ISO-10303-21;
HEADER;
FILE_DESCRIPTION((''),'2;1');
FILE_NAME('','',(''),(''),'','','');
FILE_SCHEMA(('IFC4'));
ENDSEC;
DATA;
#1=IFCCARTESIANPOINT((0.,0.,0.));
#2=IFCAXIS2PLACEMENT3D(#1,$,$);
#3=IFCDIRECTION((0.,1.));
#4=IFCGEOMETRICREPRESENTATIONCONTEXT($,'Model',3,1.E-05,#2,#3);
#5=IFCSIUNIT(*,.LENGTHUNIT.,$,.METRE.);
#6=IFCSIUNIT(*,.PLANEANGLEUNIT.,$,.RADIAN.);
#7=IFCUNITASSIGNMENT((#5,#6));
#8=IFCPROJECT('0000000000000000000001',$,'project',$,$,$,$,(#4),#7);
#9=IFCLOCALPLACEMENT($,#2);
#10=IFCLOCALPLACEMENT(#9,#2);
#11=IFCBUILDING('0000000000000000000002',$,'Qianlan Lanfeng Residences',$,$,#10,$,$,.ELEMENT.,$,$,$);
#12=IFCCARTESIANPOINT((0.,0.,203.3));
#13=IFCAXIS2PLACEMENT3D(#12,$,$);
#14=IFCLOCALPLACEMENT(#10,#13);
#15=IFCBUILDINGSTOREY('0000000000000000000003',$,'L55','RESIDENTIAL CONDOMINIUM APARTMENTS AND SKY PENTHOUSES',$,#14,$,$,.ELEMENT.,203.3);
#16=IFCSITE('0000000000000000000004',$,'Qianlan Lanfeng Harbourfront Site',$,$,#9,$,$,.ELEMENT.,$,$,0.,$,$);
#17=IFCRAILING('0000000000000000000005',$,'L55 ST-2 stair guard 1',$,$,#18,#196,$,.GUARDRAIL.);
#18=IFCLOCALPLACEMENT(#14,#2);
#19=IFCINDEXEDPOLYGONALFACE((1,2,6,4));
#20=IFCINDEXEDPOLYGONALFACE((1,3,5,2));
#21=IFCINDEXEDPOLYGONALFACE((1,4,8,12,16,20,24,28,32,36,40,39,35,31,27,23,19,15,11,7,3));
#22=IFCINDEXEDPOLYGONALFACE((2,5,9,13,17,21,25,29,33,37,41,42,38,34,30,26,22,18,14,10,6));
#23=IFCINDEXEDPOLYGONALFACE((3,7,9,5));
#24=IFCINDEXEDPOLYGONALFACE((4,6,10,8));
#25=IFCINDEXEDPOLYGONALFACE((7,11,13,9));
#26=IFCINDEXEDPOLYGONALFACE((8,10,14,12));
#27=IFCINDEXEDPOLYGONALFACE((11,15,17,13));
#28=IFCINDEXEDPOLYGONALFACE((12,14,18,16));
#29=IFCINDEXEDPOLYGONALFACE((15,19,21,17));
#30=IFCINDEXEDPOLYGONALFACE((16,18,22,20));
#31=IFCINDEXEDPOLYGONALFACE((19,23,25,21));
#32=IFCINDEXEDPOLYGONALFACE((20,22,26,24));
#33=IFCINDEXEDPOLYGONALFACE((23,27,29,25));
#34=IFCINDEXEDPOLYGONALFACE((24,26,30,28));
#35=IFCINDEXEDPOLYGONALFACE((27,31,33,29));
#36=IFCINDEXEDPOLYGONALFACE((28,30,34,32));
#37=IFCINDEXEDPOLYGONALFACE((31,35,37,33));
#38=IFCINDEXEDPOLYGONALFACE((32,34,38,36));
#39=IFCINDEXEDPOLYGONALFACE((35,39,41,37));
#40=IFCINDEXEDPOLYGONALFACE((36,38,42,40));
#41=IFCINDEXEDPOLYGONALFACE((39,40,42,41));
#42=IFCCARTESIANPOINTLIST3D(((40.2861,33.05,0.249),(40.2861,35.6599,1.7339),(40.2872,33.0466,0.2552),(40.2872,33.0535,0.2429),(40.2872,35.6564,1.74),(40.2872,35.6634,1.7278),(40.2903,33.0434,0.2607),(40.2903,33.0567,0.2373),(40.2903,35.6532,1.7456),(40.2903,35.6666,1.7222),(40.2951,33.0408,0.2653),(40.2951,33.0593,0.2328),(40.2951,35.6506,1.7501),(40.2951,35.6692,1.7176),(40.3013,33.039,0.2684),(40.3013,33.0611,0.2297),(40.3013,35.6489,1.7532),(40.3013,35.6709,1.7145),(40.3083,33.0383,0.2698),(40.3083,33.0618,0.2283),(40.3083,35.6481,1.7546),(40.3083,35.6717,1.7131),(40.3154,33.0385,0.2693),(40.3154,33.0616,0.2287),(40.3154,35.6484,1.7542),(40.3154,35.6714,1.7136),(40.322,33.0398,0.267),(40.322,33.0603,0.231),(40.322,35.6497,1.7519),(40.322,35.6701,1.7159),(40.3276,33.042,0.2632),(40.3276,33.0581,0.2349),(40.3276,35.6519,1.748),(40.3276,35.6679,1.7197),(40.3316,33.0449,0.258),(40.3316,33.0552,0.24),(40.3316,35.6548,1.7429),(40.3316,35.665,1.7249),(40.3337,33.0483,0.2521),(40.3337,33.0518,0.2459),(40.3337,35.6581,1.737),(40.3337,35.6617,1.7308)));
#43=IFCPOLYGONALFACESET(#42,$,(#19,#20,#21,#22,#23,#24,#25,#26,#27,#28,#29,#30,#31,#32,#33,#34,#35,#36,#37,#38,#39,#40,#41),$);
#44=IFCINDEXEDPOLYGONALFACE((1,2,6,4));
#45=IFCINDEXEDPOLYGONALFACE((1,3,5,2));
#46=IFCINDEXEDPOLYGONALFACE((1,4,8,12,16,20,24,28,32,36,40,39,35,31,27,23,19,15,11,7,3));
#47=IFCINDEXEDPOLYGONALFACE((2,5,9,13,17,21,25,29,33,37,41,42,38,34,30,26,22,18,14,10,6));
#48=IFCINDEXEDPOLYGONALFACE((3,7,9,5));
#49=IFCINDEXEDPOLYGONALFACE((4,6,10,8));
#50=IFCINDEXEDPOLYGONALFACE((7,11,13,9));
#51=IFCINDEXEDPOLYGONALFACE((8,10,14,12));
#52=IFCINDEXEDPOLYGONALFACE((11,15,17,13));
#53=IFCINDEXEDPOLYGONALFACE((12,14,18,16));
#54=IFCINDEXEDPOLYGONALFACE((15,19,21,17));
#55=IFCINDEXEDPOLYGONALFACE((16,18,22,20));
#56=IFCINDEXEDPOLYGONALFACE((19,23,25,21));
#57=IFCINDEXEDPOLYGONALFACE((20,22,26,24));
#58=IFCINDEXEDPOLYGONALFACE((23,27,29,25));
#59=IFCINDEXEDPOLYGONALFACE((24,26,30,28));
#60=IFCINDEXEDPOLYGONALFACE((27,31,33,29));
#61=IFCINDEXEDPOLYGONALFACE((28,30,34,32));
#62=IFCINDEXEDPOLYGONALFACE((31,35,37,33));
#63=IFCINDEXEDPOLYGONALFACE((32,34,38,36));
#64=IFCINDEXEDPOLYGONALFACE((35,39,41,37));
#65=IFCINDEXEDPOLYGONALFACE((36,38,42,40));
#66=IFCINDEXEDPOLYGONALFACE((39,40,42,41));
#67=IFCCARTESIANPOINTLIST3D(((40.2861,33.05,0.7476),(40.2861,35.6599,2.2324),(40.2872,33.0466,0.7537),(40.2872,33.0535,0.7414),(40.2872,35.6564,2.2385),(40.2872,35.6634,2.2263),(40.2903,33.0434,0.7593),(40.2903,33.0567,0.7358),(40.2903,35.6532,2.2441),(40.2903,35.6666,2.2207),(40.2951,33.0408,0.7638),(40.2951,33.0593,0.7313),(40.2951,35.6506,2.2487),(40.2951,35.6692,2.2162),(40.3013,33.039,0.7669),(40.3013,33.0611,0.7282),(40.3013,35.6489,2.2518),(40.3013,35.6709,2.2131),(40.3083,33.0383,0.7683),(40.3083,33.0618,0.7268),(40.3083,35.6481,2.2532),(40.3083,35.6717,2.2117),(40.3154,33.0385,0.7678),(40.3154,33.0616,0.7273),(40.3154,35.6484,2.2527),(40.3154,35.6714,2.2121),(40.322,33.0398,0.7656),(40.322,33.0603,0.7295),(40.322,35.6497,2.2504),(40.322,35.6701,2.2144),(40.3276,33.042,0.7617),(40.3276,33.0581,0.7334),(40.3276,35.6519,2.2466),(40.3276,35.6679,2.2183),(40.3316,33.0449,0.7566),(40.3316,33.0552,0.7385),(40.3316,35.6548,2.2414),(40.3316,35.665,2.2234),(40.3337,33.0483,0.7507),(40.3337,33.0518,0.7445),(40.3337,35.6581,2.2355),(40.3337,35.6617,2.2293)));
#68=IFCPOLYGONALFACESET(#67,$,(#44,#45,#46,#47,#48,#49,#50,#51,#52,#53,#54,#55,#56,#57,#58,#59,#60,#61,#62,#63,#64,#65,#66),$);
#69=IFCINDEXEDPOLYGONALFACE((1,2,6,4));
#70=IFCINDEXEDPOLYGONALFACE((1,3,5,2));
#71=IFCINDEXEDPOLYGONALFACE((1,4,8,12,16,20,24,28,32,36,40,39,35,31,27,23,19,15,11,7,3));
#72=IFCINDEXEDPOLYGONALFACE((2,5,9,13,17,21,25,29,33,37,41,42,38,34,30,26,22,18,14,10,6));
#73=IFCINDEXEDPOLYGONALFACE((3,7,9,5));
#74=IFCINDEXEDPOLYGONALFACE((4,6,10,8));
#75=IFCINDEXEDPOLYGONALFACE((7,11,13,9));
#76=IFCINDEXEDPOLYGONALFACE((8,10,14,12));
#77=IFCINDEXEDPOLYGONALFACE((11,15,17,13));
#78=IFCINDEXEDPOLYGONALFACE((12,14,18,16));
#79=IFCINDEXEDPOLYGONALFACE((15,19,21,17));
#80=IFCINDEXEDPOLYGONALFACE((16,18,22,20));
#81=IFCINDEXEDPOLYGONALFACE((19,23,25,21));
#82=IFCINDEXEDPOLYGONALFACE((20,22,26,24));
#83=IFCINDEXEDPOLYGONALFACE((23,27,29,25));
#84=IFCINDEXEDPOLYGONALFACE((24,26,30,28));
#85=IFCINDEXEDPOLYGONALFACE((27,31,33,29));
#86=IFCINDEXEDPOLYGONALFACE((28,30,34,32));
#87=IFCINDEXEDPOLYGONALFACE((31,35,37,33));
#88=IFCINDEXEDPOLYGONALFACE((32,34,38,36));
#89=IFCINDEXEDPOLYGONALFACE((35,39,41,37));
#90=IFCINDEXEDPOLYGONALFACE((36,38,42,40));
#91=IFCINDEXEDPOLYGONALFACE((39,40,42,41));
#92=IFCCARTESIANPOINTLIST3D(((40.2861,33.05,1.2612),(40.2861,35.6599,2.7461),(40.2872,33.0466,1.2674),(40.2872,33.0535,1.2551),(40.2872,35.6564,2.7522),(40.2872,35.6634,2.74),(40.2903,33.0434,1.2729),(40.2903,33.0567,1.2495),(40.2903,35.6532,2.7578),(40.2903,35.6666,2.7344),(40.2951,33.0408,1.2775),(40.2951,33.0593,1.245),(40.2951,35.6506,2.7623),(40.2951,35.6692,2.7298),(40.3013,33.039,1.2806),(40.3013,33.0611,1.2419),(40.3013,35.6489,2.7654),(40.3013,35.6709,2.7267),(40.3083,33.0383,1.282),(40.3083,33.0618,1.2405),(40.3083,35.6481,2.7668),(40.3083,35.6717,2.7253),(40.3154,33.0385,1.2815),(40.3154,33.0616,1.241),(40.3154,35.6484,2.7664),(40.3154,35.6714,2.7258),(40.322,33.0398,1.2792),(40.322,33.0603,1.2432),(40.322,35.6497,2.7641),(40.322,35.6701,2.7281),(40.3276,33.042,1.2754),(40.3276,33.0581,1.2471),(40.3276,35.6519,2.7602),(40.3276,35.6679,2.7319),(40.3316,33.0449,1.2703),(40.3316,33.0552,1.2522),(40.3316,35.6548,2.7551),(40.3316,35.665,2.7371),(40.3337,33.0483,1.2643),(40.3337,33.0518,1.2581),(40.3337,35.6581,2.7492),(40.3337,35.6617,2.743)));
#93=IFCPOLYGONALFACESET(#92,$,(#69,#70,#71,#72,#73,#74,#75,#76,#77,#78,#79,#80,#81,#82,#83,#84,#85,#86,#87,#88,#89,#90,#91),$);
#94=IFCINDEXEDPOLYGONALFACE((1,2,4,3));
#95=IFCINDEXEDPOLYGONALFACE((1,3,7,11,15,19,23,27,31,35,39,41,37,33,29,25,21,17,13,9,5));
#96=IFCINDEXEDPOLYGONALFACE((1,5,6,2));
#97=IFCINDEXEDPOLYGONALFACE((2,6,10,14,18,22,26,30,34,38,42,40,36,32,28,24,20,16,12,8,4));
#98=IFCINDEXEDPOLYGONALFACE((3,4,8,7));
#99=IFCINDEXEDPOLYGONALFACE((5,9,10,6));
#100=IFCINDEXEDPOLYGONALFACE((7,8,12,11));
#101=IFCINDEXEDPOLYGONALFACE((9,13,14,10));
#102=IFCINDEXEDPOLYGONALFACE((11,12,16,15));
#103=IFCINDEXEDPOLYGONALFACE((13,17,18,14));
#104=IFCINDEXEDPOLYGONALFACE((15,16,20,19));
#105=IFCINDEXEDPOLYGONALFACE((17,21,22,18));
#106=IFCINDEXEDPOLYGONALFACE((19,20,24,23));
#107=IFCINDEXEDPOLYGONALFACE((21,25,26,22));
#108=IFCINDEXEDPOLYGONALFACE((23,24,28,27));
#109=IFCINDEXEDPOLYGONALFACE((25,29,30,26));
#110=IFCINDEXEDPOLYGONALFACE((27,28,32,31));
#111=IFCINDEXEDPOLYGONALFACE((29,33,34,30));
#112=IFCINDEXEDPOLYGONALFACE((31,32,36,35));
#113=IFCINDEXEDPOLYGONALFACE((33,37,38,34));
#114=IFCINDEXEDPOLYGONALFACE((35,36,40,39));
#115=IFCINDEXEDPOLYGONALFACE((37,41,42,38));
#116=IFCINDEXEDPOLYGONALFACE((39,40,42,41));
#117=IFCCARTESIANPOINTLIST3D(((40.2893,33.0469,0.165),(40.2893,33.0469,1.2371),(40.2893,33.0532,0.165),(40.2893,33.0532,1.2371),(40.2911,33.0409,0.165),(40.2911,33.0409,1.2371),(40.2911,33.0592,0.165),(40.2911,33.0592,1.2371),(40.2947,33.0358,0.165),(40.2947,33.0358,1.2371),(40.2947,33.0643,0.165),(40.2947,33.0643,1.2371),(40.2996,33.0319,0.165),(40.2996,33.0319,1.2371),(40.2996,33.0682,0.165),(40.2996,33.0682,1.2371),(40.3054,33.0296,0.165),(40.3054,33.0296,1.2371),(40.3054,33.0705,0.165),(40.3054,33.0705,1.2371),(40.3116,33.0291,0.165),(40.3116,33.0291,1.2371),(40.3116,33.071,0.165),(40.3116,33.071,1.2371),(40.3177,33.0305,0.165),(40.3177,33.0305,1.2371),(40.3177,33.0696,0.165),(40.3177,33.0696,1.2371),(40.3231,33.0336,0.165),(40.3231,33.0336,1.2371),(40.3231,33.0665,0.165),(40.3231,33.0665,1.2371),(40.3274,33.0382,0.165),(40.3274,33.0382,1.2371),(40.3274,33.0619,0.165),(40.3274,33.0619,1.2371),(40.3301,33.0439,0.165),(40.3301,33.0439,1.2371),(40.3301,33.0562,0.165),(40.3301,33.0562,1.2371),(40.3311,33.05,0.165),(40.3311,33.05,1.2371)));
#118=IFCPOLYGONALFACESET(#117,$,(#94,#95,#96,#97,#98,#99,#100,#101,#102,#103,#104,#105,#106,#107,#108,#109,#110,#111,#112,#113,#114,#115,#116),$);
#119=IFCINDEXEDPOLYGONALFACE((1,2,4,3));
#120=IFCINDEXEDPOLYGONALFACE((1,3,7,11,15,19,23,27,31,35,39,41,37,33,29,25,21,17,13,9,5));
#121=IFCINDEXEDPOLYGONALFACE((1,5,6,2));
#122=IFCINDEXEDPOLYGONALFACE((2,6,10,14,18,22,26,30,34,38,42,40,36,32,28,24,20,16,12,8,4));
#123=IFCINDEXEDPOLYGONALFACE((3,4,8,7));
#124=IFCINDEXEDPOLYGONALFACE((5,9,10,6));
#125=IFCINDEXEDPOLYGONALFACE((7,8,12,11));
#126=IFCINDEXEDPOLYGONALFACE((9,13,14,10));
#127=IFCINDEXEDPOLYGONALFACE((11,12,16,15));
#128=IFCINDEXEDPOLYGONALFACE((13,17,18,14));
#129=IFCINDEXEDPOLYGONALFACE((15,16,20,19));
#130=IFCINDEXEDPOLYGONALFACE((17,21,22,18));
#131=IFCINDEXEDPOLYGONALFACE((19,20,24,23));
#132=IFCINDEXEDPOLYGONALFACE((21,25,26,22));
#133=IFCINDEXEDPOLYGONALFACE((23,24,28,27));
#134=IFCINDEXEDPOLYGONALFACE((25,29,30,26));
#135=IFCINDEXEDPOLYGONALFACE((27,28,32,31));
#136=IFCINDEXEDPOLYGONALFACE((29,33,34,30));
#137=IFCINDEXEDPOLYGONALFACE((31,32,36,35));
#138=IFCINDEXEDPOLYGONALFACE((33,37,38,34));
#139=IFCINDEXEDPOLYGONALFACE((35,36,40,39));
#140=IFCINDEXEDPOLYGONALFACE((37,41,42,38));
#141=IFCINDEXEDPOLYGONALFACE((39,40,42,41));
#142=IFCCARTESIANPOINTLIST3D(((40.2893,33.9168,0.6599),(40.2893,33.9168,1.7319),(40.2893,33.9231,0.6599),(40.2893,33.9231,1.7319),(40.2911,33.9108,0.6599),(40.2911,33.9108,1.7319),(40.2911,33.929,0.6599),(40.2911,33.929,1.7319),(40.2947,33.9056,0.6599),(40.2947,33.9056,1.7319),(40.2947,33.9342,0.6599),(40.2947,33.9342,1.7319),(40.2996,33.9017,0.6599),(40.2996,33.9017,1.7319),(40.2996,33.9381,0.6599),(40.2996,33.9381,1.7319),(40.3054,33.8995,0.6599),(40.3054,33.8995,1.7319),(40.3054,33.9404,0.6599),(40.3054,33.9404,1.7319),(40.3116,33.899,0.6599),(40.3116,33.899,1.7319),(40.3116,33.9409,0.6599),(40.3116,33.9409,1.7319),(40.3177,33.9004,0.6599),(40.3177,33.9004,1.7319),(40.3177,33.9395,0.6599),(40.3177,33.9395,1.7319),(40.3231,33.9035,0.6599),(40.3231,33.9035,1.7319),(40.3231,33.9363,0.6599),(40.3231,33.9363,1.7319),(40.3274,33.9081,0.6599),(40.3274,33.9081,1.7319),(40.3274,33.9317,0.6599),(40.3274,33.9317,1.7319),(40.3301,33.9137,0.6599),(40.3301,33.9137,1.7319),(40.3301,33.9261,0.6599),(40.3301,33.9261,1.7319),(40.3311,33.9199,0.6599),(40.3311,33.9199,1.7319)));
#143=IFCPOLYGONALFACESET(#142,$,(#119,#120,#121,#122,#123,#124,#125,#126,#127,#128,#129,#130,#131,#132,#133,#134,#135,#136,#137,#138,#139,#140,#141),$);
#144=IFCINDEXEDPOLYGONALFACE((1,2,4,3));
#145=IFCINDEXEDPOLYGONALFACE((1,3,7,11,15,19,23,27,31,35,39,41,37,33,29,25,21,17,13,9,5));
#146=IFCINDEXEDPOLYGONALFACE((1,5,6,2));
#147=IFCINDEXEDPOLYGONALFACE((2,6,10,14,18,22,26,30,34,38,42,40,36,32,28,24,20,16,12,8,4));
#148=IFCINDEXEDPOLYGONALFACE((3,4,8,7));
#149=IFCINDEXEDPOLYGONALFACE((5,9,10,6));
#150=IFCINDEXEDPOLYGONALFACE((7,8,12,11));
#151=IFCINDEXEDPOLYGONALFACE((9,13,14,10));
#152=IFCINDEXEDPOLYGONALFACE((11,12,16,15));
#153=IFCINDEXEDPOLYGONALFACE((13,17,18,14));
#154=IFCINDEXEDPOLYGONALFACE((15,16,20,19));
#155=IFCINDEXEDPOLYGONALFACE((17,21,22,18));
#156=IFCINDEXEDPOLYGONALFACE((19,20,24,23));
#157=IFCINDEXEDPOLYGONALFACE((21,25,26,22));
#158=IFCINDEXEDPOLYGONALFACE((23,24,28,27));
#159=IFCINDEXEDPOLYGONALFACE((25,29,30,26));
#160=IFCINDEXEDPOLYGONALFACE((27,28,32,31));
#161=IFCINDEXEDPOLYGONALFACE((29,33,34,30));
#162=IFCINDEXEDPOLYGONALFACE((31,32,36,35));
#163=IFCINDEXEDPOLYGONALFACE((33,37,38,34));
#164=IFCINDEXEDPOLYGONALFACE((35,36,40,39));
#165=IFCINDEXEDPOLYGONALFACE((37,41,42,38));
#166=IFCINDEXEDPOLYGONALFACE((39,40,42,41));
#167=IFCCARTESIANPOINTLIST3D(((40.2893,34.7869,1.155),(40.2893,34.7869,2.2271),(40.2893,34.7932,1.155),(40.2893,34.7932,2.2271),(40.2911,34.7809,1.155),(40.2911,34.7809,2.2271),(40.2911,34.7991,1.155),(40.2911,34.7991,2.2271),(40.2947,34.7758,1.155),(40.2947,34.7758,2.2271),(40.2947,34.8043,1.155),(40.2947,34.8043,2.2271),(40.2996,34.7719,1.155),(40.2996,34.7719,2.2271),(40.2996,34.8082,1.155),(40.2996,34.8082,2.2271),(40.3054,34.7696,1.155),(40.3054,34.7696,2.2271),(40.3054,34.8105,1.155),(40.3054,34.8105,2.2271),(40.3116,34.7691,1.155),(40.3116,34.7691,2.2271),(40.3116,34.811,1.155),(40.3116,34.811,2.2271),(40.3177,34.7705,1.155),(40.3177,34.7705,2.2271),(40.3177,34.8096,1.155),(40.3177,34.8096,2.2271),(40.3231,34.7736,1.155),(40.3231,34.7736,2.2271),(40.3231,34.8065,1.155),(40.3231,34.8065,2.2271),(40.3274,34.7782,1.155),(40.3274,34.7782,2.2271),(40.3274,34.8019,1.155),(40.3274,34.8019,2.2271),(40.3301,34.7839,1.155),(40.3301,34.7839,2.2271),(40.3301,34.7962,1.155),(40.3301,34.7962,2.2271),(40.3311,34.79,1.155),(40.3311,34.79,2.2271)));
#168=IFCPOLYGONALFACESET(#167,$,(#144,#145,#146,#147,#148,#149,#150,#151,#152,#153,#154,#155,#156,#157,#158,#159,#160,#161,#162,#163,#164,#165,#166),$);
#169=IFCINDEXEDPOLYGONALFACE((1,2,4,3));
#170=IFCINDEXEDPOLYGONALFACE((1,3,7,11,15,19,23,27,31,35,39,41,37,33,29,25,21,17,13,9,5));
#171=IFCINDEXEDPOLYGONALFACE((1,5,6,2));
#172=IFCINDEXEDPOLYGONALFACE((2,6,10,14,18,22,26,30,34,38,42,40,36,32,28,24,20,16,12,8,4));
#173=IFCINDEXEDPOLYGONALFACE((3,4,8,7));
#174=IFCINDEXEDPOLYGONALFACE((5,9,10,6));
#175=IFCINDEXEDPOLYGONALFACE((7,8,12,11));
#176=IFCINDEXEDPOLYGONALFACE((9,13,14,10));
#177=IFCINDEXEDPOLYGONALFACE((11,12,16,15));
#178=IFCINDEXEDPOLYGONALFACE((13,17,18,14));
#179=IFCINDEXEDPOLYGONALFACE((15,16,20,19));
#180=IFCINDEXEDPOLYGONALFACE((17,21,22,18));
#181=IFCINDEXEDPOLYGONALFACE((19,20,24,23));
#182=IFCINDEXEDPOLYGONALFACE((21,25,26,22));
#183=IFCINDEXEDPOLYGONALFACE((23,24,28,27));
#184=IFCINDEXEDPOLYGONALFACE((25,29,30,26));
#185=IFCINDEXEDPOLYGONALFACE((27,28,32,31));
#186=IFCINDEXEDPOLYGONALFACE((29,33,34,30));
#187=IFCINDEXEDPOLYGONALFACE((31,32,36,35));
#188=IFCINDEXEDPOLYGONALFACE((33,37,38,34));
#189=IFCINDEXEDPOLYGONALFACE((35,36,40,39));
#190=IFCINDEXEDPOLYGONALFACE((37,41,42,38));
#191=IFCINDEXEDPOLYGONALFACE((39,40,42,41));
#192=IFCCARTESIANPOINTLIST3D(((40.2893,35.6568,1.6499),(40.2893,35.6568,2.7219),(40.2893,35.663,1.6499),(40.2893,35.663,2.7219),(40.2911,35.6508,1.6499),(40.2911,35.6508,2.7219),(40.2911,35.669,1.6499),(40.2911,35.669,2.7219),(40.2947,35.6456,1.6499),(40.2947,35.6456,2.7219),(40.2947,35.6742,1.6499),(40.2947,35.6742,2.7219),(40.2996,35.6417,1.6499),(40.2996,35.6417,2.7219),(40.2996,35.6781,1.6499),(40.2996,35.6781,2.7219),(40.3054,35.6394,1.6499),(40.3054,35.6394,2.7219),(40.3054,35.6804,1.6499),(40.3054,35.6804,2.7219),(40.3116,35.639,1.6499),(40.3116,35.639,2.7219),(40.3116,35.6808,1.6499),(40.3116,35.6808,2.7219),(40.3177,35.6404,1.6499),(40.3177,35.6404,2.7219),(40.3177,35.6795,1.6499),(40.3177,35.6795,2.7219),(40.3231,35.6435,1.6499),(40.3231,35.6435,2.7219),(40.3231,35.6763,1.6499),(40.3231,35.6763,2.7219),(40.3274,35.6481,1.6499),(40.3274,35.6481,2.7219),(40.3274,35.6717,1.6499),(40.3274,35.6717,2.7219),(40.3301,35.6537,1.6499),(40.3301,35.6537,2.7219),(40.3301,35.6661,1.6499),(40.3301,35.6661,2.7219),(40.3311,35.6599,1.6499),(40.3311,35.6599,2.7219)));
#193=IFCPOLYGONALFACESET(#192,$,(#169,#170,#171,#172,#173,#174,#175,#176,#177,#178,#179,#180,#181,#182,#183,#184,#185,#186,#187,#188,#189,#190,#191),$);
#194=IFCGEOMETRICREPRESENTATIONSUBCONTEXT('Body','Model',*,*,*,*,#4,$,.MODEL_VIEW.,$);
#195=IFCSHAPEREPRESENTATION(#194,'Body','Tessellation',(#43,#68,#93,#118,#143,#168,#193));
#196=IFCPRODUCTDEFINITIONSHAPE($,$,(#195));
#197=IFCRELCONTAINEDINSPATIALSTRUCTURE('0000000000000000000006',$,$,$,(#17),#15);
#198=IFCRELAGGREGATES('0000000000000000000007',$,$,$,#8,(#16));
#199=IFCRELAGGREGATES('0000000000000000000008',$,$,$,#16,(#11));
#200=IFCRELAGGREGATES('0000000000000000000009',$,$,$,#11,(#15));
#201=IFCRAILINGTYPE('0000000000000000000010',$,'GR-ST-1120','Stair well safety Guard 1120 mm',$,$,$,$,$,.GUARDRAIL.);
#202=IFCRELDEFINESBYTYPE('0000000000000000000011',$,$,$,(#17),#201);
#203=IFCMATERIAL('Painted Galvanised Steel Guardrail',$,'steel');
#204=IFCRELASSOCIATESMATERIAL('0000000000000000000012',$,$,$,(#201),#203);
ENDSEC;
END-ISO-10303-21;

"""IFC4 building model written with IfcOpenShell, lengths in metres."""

from ifc_helpers import new_model, si_unit, direction, frame, origin, origin_2d, place, context, subcontext, project, spatial, circle, extrude, material, type_object, element, save


model = new_model("IFC4")

# Units and contexts
model_context = context("Model", 3, precision=1e-05, world=origin(), true_north=direction((0.0, 1.0)))
body_context = subcontext(model_context, "Body", "Model", "MODEL_VIEW")
ifc_project = project(units=[si_unit("LENGTHUNIT", "METRE"), si_unit("PLANEANGLEUNIT", "RADIAN")], contexts=[model_context])

# Site, building, storey
site_placement = place(None, origin())
site = spatial("IfcSite", under=ifc_project, at=site_placement, Name="Qianlan Lanfeng Harbourfront Site", CompositionType="ELEMENT", RefElevation=0.0)
building_placement = place(site_placement, origin())
building = spatial("IfcBuilding", under=site, at=building_placement, Name="Qianlan Lanfeng Residences", CompositionType="ELEMENT")
storey_placement = place(building_placement, frame((0.0, 0.0, 203.3)))
storey = spatial("IfcBuildingStorey", under=building, at=storey_placement, Name="L55", Description="RESIDENTIAL CONDOMINIUM APARTMENTS AND SKY PENTHOUSES", CompositionType="ELEMENT", Elevation=203.3)

# Railing
ifc_material_1 = material(Name="Painted Galvanised Steel Guardrail", Category="steel")
railing_type_1 = type_object("IfcRailingType", Name="GR-ST-1120", Description="Stair well safety Guard 1120 mm", PredefinedType="GUARDRAIL", material=ifc_material_1)
railing_1_placement = place(storey_placement, frame((40.3101, 33.05, 0.165)))
element("IfcRailing", 1, at=railing_1_placement, inside=storey, type_object=railing_type_1, Name="L55 ST-2 stair guard 1", PredefinedType="GUARDRAIL", context=body_context, shape_type="SweptSolid", body=[
    extrude(circle(Radius=0.0239, at=origin_2d()), frame((0.0, 0.0, 0.084), z_axis=(0.0, 0.869172, 0.494509), x_axis=(-1.0, 0.0, 0.0)), (0.0, 0.0, 1.0), 3.0027),
    extrude(circle(Radius=0.0239, at=origin_2d()), frame((0.0, 0.0, 0.5825), z_axis=(0.0, 0.869172, 0.494509), x_axis=(-1.0, 0.0, 0.0)), (0.0, 0.0, 1.0), 3.0027),
    extrude(circle(Radius=0.0239, at=origin_2d()), frame((0.0, 0.0, 1.0962), z_axis=(0.0, 0.869172, 0.494509), x_axis=(-1.0, 0.0, 0.0)), (0.0, 0.0, 1.0), 3.0027),
    extrude(circle(Radius=0.021, at=origin_2d()), origin(), (0.0, 0.0, 1.0), 1.072),
    extrude(circle(Radius=0.021, at=origin_2d()), frame((0.0, 0.8699, 0.4949)), (0.0, 0.0, 1.0), 1.072),
    extrude(circle(Radius=0.021, at=origin_2d()), frame((0.0, 1.74, 0.99)), (0.0, 0.0, 1.0), 1.072),
    extrude(circle(Radius=0.021, at=origin_2d()), frame((0.0, 2.6099, 1.4849)), (0.0, 0.0, 1.0), 1.072),
])

save(model, "model.ifc")
